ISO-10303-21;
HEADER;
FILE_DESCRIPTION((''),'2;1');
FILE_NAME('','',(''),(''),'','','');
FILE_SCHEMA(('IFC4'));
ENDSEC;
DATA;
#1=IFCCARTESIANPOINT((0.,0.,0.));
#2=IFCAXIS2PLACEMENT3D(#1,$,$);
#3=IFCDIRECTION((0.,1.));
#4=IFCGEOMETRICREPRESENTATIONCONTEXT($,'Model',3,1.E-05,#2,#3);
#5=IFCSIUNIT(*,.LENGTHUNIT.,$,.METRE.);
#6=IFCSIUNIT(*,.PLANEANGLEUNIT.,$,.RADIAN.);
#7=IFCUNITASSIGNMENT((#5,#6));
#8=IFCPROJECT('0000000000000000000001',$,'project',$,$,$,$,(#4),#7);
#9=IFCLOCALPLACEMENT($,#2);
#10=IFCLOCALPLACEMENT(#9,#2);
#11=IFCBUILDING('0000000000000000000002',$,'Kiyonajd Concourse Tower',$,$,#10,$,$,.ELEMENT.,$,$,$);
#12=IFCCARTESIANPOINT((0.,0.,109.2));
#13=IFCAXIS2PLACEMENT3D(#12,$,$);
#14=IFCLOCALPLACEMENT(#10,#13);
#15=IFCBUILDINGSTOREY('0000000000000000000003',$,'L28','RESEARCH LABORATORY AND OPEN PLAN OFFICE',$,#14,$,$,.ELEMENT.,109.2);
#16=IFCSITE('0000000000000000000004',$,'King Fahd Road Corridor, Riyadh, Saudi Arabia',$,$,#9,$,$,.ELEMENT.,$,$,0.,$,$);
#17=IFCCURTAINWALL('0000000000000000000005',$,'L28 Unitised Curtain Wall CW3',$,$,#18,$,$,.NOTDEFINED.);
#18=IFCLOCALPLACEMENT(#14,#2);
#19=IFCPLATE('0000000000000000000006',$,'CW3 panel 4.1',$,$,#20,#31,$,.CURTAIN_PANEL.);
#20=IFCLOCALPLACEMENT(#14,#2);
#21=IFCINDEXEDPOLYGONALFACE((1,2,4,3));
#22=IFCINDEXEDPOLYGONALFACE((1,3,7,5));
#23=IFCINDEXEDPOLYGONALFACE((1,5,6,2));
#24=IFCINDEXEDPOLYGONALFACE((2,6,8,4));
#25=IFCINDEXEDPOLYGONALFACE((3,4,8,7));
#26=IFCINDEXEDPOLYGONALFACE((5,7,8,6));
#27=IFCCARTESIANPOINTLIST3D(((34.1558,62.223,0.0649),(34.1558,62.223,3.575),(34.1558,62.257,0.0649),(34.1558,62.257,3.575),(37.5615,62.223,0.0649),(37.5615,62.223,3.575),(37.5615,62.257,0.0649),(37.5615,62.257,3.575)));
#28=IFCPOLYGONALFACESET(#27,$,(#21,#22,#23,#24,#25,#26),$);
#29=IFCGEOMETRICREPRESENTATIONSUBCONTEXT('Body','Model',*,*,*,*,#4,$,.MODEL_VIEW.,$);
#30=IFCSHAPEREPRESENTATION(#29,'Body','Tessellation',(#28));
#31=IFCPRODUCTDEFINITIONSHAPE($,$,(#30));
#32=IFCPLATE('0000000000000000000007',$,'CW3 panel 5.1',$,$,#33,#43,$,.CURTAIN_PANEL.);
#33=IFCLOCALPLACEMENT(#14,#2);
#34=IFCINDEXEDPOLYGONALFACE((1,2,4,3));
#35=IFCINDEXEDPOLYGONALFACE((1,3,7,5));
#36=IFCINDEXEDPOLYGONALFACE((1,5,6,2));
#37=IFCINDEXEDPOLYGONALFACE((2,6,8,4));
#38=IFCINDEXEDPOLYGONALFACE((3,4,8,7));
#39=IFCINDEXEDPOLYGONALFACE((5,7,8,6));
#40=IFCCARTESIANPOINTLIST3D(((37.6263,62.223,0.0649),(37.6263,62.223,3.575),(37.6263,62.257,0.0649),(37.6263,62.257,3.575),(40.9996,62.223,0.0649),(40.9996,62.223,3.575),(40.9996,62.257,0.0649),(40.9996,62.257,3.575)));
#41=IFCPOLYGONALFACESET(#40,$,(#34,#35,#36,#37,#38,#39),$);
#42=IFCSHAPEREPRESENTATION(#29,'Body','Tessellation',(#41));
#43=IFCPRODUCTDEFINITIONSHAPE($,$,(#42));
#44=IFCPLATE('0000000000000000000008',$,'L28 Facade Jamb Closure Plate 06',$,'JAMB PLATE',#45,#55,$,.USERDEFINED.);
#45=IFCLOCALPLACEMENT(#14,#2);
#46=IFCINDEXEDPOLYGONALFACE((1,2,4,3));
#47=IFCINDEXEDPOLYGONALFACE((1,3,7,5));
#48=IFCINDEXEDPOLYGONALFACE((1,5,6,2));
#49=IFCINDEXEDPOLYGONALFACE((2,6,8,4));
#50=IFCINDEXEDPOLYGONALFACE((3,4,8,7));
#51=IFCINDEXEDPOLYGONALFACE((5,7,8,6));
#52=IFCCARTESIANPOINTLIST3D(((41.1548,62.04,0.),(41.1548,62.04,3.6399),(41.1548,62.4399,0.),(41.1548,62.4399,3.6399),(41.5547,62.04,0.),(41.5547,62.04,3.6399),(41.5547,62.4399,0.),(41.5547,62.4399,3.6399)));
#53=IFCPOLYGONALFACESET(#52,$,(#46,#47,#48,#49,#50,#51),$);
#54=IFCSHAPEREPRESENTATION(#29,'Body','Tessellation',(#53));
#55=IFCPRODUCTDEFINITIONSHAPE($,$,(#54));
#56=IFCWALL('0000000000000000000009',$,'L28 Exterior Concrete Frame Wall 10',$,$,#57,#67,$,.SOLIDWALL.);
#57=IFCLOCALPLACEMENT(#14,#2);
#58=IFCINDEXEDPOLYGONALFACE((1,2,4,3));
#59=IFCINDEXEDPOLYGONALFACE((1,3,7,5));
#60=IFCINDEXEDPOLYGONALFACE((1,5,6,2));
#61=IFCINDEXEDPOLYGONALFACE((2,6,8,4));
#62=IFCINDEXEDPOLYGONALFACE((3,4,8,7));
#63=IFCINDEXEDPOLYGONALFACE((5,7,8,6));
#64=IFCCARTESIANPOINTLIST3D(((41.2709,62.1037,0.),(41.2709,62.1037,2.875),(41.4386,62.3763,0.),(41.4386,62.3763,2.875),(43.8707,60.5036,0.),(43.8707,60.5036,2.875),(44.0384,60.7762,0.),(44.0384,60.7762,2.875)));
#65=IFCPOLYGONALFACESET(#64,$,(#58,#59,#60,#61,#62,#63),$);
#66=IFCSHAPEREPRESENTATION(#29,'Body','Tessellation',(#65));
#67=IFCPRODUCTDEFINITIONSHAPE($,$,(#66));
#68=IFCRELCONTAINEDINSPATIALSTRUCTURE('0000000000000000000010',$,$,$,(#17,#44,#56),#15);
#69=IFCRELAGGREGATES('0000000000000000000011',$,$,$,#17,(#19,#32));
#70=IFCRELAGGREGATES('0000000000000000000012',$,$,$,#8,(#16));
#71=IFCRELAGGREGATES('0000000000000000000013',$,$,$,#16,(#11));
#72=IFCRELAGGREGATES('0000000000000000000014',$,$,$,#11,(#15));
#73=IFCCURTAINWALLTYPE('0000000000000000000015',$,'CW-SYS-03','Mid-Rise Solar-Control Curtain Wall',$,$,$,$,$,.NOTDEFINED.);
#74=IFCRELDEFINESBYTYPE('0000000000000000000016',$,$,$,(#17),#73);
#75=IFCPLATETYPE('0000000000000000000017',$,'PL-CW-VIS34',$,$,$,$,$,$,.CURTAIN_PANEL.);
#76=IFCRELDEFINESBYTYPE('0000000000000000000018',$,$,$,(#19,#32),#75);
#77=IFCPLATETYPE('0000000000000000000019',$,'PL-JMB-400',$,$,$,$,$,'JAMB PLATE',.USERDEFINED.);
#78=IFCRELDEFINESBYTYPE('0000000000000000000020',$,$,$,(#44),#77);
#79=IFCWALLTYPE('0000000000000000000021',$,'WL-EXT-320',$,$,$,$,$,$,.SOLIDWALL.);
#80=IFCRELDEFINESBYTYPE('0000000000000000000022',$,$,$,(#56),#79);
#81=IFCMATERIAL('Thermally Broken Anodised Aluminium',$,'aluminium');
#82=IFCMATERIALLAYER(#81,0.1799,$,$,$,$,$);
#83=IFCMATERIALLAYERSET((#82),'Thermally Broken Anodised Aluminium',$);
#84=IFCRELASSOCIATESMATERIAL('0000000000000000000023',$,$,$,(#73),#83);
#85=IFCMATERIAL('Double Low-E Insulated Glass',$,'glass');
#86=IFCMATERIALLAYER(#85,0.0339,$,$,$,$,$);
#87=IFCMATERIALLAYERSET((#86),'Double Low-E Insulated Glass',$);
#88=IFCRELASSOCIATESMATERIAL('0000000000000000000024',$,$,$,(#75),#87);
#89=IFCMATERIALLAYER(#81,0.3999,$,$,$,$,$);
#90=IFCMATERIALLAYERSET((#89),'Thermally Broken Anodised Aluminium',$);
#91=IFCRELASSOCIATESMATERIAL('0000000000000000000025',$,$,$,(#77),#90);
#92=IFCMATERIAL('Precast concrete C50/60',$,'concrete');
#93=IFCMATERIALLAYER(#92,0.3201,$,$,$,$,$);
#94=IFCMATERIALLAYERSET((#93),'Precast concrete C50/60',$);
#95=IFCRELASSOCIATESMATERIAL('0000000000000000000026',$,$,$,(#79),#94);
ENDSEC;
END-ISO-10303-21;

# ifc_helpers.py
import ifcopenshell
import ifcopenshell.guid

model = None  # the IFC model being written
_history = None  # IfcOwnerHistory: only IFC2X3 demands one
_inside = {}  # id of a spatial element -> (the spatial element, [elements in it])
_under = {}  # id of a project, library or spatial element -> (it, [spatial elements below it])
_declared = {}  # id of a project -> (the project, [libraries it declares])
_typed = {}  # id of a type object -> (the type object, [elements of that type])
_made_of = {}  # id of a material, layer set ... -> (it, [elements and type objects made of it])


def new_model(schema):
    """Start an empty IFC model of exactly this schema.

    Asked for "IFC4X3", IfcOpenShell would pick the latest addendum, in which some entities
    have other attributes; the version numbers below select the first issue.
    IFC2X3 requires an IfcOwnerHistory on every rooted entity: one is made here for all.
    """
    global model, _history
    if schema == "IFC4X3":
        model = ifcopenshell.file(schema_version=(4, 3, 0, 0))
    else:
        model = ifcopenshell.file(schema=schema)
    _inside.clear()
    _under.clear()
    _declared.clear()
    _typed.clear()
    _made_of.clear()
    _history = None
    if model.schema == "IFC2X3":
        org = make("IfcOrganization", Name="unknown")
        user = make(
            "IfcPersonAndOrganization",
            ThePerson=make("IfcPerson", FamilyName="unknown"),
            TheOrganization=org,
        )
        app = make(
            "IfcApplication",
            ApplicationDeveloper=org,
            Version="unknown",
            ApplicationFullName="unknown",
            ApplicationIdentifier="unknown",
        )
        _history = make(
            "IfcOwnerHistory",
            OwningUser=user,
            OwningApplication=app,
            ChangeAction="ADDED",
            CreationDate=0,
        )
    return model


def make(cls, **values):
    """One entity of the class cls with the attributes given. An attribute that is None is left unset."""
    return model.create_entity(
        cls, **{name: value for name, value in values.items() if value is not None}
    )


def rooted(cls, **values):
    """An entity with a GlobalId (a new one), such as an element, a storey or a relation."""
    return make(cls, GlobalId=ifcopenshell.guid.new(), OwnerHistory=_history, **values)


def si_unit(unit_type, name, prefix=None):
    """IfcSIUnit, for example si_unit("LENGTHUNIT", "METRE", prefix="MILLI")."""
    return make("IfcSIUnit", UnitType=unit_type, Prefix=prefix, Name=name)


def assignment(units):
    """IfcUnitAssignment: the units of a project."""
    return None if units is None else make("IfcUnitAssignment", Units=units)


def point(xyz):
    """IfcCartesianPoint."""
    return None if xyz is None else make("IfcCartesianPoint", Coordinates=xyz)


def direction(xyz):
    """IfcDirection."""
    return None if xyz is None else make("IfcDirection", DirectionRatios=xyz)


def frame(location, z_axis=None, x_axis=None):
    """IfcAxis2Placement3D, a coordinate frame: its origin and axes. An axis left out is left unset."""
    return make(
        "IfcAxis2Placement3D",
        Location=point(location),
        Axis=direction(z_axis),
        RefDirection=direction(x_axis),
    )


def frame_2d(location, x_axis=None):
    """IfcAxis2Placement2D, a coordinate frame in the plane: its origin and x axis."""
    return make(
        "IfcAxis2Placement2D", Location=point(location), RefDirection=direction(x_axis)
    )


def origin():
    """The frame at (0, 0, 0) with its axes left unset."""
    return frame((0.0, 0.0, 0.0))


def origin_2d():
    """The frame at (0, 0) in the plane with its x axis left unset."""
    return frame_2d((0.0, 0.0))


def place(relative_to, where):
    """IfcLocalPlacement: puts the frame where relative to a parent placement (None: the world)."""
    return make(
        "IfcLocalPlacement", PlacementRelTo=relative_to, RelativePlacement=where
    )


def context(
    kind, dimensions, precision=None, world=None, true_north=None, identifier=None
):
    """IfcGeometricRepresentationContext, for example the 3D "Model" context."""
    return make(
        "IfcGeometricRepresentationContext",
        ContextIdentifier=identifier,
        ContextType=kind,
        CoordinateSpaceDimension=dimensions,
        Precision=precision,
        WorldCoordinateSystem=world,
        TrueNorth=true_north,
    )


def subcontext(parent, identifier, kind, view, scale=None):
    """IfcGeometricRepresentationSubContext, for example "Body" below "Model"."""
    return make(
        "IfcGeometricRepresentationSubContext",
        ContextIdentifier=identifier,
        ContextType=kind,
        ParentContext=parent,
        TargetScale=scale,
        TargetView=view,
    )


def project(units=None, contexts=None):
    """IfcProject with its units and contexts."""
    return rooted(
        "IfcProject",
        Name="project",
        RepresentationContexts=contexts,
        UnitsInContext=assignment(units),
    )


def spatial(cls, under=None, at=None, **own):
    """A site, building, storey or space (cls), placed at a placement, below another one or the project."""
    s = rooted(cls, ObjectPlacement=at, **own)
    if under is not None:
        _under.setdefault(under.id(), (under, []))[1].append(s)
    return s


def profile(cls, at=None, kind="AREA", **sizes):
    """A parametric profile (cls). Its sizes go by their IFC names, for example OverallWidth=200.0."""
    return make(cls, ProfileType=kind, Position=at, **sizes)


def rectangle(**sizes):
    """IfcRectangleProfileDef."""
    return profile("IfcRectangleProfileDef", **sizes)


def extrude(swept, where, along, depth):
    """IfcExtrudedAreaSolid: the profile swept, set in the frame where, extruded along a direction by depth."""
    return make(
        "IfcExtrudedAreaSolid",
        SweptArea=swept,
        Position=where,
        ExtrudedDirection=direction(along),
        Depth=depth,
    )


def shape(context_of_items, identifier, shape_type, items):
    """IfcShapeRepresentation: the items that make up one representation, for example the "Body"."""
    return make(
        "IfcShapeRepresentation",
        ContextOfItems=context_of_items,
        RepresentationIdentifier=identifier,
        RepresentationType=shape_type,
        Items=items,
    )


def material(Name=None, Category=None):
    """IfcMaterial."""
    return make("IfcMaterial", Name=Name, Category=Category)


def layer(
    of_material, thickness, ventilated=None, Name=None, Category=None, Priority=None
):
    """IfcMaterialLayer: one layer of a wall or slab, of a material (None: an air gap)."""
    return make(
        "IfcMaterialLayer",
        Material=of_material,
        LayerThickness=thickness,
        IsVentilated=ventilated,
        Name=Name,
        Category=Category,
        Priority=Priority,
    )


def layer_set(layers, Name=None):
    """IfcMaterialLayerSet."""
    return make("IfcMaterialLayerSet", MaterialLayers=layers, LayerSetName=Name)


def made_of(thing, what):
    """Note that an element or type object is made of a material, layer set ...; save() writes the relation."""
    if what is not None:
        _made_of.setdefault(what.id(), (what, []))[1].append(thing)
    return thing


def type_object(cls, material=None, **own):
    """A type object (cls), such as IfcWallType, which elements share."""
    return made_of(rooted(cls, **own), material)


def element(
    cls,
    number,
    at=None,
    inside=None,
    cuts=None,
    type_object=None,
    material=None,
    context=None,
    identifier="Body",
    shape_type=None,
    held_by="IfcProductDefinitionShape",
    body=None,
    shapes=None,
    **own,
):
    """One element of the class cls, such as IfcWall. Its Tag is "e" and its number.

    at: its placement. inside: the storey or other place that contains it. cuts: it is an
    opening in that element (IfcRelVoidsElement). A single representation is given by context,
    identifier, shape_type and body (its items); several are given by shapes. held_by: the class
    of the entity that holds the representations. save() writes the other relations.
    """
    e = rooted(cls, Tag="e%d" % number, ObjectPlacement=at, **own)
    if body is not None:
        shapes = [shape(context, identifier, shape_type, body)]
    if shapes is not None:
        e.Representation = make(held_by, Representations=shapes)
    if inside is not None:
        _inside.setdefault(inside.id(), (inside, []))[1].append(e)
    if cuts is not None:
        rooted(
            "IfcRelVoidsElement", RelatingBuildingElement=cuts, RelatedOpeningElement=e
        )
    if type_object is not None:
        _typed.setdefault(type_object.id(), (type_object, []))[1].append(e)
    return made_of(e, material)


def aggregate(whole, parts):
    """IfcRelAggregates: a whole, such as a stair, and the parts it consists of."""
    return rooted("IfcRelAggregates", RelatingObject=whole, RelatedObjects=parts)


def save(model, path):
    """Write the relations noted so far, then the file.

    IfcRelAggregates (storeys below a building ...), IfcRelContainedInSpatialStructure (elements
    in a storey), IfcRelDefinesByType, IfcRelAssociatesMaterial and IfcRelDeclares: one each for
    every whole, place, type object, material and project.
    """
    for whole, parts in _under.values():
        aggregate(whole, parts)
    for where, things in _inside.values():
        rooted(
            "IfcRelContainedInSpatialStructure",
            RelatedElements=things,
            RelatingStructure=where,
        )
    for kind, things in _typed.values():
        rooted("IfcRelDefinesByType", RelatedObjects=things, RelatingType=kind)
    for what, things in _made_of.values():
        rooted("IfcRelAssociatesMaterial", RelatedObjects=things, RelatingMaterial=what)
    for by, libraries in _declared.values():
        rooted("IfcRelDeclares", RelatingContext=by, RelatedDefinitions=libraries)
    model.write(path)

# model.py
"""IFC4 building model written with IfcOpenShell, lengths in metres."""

from ifc_helpers import new_model, si_unit, direction, frame, frame_2d, origin, origin_2d, place, context, subcontext, project, spatial, rectangle, extrude, material, layer, layer_set, type_object, element, aggregate, save


model = new_model("IFC4")

# Units and contexts
model_context = context("Model", 3, precision=1e-05, world=origin(), true_north=direction((0.0, 1.0)))
body_context = subcontext(model_context, "Body", "Model", "MODEL_VIEW")
ifc_project = project(units=[si_unit("LENGTHUNIT", "METRE"), si_unit("PLANEANGLEUNIT", "RADIAN")], contexts=[model_context])

# Site, building, storey
site_placement = place(None, origin())
site = spatial("IfcSite", under=ifc_project, at=site_placement, Name="King Fahd Road Corridor, Riyadh, Saudi Arabia", CompositionType="ELEMENT", RefElevation=0.0)
building_placement = place(site_placement, origin())
building = spatial("IfcBuilding", under=site, at=building_placement, Name="Kiyonajd Concourse Tower", CompositionType="ELEMENT")
storey_placement = place(building_placement, frame((0.0, 0.0, 109.2)))
storey = spatial("IfcBuildingStorey", under=building, at=storey_placement, Name="L28", Description="RESEARCH LABORATORY AND OPEN PLAN OFFICE", CompositionType="ELEMENT", Elevation=109.2)

# Shared definitions
ifc_material_1 = material(Name="Precast concrete C50/60", Category="concrete")

# Curtain wall, plates
ifc_material_2 = material(Name="Thermally Broken Anodised Aluminium", Category="aluminium")
ifc_layer_1 = layer(ifc_material_2, 0.1799)
ifc_layer_set_1 = layer_set([ifc_layer_1], Name="Thermally Broken Anodised Aluminium")
curtain_wall_type = type_object("IfcCurtainWallType", Name="CW-SYS-03", Description="Mid-Rise Solar-Control Curtain Wall", PredefinedType="NOTDEFINED", material=ifc_layer_set_1)
curtain_wall_placement = place(storey_placement, origin())
curtain_wall = element("IfcCurtainWall", 1, at=curtain_wall_placement, inside=storey, type_object=curtain_wall_type, Name="L28 Unitised Curtain Wall CW3", PredefinedType="NOTDEFINED")
ifc_material_3 = material(Name="Double Low-E Insulated Glass", Category="glass")
ifc_layer_2 = layer(ifc_material_3, 0.0339)
ifc_layer_set_2 = layer_set([ifc_layer_2], Name="Double Low-E Insulated Glass")
plate_type_1 = type_object("IfcPlateType", Name="PL-CW-VIS34", PredefinedType="CURTAIN_PANEL", material=ifc_layer_set_2)
plate_1_placement = place(storey_placement, frame((35.8586, 62.24, 0.0649), z_axis=(0.0, 0.0, 1.0), x_axis=(1.0, 0.0, 0.0)))
plate_1 = element("IfcPlate", 2, at=plate_1_placement, type_object=plate_type_1, Name="CW3 panel 4.1", PredefinedType="CURTAIN_PANEL", context=body_context, shape_type="SweptSolid", body=[
    extrude(rectangle(XDim=3.4058, YDim=0.0339, at=origin_2d()), origin(), (0.0, 0.0, 1.0), 3.51),
])
plate_2_placement = place(storey_placement, frame((39.313, 62.24, 0.0649), z_axis=(0.0, 0.0, 1.0), x_axis=(1.0, 0.0, 0.0)))
plate_2 = element("IfcPlate", 3, at=plate_2_placement, type_object=plate_type_1, Name="CW3 panel 5.1", PredefinedType="CURTAIN_PANEL", context=body_context, shape_type="SweptSolid", body=[
    extrude(rectangle(XDim=3.3733, YDim=0.0339, at=origin_2d()), origin(), (0.0, 0.0, 1.0), 3.51),
])
aggregate(curtain_wall, [plate_1, plate_2])

# Plate
ifc_layer_3 = layer(ifc_material_2, 0.3999)
ifc_layer_set_3 = layer_set([ifc_layer_3], Name="Thermally Broken Anodised Aluminium")
plate_type_2 = type_object("IfcPlateType", Name="PL-JMB-400", ElementType="JAMB PLATE", PredefinedType="USERDEFINED", material=ifc_layer_set_3)
plate_3_placement = place(storey_placement, frame((41.3547, 62.24, 0.0), z_axis=(0.0, 0.0, 1.0), x_axis=(1.0, 0.0, 0.0)))
element("IfcPlate", 4, at=plate_3_placement, inside=storey, type_object=plate_type_2, Name="L28 Facade Jamb Closure Plate 06", ObjectType="JAMB PLATE", PredefinedType="USERDEFINED", context=body_context, shape_type="SweptSolid", body=[
    extrude(rectangle(XDim=0.3999, YDim=0.3999, at=origin_2d()), origin(), (0.0, 0.0, 1.0), 3.6399),
])

# Wall
ifc_layer_4 = layer(ifc_material_1, 0.3201)
ifc_layer_set_4 = layer_set([ifc_layer_4], Name="Precast concrete C50/60")
wall_type = type_object("IfcWallType", Name="WL-EXT-320", PredefinedType="SOLIDWALL", material=ifc_layer_set_4)
wall_placement = place(storey_placement, frame((41.3547, 62.24, 0.0), z_axis=(0.0, 0.0, 1.0), x_axis=(0.851631, -0.524142, 0.0)))
element("IfcWall", 5, at=wall_placement, inside=storey, type_object=wall_type, Name="L28 Exterior Concrete Frame Wall 10", PredefinedType="SOLIDWALL", context=body_context, shape_type="SweptSolid", body=[
    extrude(rectangle(XDim=3.0527, YDim=0.3201, at=frame_2d((1.5264, 0.0))), origin(), (0.0, 0.0, 1.0), 2.875),
])

save(model, "model.ifc")
